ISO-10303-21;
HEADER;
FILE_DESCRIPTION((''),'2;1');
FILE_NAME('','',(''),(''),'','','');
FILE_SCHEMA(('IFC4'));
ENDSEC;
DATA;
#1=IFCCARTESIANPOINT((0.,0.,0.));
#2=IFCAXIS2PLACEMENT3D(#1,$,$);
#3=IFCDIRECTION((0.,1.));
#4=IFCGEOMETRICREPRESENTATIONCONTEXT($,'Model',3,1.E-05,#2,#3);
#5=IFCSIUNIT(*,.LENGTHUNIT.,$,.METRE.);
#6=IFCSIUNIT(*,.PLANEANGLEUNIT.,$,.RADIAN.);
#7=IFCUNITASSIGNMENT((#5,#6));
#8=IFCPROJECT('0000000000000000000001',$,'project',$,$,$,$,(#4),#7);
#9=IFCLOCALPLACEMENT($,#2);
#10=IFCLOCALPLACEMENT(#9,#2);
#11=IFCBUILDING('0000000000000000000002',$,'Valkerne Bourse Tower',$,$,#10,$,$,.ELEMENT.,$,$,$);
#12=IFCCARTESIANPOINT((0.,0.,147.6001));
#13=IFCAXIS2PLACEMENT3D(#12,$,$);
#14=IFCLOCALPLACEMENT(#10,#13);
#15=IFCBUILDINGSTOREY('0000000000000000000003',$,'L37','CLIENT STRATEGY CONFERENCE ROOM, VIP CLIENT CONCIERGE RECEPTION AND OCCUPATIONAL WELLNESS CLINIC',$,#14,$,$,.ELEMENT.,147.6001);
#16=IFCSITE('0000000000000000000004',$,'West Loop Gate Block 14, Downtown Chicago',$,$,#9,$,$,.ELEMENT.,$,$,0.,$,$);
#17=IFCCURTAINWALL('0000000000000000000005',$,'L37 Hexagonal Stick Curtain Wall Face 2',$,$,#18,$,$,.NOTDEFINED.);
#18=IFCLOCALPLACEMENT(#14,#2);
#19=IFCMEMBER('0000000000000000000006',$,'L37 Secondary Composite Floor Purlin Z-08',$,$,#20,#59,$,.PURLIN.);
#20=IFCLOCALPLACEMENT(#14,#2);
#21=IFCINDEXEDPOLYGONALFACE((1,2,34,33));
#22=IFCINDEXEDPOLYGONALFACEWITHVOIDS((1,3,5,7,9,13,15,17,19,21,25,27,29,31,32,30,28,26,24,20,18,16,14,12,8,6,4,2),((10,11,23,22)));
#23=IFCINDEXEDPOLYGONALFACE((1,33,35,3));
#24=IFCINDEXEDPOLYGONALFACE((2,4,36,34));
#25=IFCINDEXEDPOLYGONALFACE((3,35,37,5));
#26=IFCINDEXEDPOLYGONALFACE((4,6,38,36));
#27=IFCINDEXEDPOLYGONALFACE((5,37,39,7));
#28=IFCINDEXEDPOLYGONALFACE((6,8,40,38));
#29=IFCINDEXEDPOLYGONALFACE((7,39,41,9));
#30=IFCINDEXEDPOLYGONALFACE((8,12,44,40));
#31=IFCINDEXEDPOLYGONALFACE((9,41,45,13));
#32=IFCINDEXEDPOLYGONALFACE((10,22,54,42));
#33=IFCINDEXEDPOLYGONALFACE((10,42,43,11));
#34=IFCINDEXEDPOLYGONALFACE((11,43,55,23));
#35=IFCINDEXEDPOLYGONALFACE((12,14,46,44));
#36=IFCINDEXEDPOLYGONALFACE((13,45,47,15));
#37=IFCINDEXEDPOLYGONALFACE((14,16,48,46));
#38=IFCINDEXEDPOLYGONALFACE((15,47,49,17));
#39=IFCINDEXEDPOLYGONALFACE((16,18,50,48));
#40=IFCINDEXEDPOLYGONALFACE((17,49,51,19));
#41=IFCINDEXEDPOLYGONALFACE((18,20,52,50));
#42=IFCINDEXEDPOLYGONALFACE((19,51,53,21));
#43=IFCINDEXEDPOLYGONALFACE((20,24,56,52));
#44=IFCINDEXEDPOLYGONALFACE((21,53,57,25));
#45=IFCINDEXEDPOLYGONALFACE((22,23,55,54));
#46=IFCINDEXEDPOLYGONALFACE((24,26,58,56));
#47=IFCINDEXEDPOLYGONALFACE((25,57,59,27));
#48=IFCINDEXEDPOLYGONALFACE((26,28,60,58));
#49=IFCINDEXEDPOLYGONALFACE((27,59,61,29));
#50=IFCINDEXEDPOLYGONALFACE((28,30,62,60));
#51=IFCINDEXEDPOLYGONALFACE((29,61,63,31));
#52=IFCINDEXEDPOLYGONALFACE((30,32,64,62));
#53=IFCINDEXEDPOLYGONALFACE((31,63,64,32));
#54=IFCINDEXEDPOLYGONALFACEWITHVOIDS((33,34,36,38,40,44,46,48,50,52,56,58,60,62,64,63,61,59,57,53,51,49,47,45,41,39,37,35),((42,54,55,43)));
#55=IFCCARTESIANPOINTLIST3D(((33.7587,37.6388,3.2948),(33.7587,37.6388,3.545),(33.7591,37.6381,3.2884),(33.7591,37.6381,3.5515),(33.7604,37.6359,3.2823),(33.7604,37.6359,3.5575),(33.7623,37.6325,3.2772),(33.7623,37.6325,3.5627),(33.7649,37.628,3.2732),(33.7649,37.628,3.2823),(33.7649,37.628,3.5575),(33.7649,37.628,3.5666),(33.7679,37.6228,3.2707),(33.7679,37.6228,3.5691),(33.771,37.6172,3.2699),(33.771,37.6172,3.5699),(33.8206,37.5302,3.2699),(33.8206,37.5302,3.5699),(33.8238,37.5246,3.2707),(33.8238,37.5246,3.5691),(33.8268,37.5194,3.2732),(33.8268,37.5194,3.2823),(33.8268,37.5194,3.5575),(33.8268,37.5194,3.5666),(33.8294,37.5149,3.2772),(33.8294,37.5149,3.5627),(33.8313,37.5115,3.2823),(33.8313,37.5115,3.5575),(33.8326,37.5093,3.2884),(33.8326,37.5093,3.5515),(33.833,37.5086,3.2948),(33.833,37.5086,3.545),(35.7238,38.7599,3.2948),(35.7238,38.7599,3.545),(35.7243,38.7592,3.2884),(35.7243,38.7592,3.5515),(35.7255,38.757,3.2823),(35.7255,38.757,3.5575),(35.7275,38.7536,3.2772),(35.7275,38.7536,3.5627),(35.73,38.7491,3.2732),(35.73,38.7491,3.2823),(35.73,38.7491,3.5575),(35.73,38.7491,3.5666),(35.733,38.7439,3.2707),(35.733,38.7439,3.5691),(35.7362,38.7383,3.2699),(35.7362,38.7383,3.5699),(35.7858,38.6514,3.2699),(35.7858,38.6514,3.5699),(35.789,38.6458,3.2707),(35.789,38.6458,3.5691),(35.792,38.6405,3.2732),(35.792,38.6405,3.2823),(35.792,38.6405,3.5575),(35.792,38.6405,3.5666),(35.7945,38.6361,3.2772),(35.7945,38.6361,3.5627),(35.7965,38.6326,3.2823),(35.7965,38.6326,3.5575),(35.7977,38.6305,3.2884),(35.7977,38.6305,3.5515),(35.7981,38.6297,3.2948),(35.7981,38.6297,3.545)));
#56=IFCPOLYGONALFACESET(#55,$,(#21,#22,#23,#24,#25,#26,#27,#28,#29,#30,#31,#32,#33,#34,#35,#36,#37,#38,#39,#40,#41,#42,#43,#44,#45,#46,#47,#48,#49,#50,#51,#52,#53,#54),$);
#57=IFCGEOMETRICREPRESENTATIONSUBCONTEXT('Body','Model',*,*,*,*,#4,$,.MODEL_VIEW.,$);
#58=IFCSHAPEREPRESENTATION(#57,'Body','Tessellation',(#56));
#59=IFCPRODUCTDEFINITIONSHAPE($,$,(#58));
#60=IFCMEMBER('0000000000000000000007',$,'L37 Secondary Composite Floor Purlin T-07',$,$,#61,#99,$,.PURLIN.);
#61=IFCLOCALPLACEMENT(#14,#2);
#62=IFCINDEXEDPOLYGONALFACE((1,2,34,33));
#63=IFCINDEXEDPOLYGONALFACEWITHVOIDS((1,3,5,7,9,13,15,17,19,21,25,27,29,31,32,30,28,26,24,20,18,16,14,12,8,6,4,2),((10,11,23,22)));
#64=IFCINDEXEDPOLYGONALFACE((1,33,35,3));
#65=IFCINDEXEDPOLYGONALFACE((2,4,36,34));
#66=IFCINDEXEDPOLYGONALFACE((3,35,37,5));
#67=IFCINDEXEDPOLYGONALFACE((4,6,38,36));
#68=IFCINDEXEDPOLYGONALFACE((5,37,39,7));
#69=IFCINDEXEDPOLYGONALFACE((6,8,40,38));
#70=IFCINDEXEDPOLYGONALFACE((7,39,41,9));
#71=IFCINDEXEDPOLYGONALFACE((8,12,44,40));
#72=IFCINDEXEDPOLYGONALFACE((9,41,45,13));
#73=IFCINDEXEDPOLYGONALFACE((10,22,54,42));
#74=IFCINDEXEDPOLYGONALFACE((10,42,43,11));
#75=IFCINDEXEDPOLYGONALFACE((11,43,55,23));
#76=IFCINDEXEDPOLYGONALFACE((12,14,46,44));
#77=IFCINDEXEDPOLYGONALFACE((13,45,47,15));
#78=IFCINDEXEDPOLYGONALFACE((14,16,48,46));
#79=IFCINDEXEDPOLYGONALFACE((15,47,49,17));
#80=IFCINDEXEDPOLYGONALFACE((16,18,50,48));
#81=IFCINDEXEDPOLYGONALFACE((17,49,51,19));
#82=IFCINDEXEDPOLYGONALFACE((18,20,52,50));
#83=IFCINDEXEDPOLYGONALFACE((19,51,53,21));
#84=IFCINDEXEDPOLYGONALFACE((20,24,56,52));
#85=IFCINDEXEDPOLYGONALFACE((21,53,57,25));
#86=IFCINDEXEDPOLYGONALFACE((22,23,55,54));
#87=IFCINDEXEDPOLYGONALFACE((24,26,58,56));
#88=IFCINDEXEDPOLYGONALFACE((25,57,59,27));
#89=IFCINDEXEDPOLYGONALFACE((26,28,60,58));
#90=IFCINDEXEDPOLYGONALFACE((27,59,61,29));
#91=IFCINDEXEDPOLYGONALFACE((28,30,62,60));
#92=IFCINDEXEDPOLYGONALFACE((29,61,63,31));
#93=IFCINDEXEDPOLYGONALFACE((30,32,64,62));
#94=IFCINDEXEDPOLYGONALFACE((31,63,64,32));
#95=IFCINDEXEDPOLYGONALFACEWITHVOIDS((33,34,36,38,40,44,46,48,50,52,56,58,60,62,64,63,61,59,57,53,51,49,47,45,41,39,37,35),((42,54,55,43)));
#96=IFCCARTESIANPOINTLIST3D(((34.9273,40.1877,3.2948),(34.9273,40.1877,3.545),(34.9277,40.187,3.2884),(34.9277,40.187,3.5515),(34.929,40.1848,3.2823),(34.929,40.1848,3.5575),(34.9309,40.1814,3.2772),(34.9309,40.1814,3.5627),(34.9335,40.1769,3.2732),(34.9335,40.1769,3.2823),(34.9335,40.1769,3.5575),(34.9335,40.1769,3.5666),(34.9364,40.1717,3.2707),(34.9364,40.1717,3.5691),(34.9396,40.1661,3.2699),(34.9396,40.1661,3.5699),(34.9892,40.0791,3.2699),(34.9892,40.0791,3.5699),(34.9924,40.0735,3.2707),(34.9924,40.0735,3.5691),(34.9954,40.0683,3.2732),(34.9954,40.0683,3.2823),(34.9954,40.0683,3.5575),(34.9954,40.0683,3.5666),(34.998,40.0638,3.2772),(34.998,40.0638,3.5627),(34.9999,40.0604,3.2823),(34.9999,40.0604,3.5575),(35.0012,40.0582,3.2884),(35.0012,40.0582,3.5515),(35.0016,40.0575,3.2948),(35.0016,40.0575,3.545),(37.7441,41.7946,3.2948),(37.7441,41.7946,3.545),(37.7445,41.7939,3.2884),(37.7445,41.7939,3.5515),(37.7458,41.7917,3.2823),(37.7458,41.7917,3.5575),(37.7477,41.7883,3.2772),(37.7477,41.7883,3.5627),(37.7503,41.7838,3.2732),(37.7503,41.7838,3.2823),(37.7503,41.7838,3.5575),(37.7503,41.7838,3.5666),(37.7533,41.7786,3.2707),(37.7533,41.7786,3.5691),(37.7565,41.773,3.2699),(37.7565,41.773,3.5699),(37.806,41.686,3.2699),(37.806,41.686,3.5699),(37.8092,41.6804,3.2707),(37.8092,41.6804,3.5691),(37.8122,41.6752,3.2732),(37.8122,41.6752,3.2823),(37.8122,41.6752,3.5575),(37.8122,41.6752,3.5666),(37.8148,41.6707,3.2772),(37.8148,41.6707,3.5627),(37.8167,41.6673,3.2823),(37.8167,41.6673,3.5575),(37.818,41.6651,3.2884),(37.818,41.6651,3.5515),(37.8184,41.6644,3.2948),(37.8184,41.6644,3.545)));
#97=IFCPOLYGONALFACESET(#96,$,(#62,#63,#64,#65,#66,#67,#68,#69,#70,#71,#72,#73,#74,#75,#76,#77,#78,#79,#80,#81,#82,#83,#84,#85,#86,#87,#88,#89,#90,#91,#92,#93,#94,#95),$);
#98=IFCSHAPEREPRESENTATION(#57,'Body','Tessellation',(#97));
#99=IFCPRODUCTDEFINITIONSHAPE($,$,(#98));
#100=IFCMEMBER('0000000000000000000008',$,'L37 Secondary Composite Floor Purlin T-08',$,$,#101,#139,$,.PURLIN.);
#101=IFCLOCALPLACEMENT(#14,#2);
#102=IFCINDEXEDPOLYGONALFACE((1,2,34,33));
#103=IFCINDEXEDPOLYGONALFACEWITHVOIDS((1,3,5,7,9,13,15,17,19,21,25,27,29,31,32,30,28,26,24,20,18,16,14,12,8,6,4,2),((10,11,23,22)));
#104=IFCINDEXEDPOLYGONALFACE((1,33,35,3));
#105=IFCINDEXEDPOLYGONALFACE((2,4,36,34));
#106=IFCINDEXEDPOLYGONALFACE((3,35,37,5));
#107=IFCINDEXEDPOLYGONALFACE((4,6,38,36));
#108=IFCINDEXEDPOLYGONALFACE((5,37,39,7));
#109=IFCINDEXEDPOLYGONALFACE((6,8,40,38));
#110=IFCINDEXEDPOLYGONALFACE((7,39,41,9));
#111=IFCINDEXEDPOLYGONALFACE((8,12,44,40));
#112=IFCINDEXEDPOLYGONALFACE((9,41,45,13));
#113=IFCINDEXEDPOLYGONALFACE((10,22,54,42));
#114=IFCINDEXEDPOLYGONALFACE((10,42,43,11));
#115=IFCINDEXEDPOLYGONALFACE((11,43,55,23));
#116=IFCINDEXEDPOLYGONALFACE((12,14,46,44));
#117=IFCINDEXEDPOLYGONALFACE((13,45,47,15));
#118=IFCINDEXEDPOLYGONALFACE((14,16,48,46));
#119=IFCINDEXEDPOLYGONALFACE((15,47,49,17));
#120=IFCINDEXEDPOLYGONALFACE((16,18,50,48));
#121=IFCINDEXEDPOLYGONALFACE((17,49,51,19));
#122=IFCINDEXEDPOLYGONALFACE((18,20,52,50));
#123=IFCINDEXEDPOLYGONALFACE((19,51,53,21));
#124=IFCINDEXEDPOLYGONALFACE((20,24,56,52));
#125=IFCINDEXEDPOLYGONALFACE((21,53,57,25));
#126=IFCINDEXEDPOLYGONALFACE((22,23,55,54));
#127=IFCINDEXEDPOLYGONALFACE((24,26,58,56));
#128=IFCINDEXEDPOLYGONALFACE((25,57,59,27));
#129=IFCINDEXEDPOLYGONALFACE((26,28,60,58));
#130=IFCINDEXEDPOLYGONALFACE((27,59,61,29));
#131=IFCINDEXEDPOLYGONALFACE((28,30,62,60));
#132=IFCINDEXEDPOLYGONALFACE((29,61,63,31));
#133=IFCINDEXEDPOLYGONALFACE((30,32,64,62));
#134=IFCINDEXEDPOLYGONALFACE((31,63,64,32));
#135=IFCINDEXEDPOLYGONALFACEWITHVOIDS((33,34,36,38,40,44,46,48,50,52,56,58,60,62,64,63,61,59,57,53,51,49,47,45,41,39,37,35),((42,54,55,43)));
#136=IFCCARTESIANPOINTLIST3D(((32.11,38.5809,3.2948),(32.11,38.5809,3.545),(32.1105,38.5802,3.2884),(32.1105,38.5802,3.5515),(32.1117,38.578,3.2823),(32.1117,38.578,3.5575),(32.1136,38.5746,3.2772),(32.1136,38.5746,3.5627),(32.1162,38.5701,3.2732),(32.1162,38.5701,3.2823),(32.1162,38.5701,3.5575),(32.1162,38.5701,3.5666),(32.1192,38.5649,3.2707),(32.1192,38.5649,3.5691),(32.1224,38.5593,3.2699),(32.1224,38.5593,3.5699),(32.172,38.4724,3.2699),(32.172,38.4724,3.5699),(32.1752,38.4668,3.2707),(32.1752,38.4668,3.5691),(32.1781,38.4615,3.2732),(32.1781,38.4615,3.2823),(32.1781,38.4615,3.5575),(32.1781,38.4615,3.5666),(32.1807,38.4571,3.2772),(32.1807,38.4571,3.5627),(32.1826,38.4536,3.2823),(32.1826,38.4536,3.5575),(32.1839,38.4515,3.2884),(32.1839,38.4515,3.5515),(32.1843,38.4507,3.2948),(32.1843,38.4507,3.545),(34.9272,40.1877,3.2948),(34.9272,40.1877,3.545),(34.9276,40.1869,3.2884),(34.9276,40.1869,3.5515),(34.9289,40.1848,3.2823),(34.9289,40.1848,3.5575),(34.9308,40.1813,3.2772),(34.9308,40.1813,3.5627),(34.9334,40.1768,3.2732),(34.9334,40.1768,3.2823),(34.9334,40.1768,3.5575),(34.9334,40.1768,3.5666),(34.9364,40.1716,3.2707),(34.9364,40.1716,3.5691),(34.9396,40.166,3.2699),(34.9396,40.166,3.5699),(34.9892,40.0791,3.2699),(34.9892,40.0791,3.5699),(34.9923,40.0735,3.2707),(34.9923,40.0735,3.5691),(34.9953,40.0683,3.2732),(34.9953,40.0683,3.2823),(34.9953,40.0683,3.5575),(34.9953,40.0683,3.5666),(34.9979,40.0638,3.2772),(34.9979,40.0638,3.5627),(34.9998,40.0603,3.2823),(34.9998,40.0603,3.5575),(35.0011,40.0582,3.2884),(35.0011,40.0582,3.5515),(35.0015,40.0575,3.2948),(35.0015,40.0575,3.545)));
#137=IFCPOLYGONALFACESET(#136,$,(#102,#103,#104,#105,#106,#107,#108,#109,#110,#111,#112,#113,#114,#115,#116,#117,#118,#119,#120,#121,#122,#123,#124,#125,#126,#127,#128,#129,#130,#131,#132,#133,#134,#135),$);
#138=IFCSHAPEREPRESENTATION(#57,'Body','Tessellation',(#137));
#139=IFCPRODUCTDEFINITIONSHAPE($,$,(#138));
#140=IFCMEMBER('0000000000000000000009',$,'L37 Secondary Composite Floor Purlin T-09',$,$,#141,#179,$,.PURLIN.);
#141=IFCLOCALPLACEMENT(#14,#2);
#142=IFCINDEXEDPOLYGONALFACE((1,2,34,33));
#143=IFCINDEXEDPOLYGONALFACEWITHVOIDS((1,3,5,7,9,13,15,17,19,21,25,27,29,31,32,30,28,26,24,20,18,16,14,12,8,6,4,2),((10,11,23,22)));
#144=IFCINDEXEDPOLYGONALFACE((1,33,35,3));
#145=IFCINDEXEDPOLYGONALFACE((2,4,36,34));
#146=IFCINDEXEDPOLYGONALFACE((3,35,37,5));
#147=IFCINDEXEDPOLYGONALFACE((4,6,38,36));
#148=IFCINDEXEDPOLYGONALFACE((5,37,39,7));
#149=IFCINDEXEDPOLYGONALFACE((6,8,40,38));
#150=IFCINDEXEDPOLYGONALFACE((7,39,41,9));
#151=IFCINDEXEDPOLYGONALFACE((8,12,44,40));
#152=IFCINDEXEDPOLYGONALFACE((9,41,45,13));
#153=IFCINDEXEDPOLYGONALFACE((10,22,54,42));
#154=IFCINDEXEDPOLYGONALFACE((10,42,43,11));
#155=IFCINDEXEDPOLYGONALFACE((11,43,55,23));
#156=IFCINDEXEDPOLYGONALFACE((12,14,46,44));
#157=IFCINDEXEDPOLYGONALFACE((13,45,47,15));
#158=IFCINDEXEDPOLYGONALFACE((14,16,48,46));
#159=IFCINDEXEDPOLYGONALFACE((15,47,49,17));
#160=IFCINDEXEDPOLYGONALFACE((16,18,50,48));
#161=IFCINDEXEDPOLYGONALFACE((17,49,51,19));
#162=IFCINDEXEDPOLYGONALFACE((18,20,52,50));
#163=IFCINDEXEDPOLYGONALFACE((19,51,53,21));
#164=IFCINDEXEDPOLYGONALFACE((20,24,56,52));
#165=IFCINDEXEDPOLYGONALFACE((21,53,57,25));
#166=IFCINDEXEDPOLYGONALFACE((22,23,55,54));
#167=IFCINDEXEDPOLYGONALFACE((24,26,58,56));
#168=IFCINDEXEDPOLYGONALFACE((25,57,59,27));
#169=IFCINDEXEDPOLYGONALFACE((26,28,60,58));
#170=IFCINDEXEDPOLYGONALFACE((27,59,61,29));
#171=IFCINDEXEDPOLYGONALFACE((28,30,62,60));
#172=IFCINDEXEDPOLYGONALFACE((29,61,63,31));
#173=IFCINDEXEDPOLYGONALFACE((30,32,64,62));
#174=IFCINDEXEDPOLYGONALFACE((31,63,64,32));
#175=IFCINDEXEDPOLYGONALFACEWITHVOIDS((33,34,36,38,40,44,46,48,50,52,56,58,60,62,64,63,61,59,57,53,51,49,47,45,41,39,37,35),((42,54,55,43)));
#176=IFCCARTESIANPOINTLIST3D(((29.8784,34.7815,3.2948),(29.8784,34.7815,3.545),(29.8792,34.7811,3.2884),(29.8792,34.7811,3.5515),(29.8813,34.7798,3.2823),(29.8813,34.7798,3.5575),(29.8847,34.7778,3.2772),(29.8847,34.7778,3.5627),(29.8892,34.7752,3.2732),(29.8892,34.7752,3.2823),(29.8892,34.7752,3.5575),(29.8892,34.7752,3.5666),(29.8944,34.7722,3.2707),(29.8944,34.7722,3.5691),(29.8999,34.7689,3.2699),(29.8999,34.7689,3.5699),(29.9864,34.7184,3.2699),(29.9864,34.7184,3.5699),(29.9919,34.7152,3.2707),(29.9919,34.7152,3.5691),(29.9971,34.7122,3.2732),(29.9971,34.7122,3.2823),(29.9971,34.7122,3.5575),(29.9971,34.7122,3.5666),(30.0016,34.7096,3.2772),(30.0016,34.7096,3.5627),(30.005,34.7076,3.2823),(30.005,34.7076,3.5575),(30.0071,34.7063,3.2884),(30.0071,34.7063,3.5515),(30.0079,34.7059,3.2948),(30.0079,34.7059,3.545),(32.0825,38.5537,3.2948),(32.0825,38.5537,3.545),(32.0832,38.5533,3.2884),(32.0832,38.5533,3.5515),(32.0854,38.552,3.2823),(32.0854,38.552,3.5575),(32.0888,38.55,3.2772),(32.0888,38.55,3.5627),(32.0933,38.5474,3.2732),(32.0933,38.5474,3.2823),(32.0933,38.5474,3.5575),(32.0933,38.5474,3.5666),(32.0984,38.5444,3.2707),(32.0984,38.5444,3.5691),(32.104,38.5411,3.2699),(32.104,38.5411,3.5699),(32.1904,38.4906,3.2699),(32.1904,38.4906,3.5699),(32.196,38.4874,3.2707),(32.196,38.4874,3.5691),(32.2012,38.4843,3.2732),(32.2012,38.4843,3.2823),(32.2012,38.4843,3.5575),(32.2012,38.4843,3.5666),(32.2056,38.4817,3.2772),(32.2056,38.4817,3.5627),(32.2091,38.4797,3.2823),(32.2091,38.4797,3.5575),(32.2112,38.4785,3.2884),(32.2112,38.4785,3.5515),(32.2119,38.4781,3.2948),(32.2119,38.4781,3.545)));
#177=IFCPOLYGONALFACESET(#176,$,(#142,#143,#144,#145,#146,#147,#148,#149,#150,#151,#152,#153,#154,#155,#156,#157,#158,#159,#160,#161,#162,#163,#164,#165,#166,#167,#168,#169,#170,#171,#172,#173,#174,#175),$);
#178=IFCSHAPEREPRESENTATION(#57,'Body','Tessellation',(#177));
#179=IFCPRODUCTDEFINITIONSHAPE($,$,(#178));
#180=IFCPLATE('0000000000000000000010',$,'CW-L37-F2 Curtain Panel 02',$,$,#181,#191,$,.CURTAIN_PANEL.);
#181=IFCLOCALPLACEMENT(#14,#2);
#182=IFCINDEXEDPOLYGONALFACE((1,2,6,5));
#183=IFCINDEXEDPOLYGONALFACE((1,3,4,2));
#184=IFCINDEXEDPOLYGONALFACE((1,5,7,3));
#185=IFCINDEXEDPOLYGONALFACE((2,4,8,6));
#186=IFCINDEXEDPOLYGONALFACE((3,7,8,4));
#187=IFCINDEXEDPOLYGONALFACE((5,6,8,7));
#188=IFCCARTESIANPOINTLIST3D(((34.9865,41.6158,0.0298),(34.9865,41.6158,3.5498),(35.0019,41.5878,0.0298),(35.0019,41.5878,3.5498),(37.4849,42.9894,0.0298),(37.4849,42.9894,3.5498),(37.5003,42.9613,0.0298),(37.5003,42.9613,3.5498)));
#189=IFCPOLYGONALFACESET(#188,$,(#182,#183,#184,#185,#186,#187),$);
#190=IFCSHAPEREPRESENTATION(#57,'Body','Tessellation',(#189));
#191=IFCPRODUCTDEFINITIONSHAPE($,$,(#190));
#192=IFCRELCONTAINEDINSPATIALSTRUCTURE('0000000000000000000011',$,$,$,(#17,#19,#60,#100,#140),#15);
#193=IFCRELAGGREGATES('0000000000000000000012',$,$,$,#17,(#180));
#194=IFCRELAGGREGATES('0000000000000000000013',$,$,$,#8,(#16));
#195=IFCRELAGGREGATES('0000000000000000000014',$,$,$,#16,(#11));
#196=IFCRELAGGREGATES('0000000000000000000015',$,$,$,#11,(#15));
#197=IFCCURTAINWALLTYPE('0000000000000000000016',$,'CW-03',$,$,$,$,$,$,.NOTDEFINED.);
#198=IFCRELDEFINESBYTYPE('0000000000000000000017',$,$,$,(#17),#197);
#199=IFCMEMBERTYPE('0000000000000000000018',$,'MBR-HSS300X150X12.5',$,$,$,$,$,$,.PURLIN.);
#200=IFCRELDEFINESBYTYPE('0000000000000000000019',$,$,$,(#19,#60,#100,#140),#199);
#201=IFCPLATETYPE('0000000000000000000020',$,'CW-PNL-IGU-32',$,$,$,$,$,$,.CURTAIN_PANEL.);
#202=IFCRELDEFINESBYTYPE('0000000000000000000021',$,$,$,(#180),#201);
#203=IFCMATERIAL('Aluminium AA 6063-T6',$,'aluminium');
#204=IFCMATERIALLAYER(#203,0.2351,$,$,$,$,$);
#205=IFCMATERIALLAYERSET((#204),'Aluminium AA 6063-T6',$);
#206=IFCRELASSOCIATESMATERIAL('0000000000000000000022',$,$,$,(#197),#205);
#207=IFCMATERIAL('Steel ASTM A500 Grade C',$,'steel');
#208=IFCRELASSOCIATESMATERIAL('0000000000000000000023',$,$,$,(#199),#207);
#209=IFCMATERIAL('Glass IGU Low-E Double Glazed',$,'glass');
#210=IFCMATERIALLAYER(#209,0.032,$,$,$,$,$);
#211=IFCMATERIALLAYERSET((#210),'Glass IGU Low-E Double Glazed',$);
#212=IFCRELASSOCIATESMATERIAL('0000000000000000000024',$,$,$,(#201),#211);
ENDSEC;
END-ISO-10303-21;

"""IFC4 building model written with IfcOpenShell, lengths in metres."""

from ifc_helpers import new_model, si_unit, direction, frame, origin, origin_2d, place, context, subcontext, project, spatial, rectangle, hollow_rectangle, extrude, material, layer, layer_set, material_profile, profile_set, type_object, element, aggregate, save


model = new_model("IFC4")

# Units and contexts
model_context = context("Model", 3, precision=1e-05, world=origin(), true_north=direction((0.0, 1.0)))
body_context = subcontext(model_context, "Body", "Model", "MODEL_VIEW")
ifc_project = project(units=[si_unit("LENGTHUNIT", "METRE"), si_unit("PLANEANGLEUNIT", "RADIAN")], contexts=[model_context])

# Site, building, storey
site_placement = place(None, origin())
site = spatial("IfcSite", under=ifc_project, at=site_placement, Name="West Loop Gate Block 14, Downtown Chicago", CompositionType="ELEMENT", RefElevation=0.0)
building_placement = place(site_placement, origin())
building = spatial("IfcBuilding", under=site, at=building_placement, Name="Valkerne Bourse Tower", CompositionType="ELEMENT")
storey_placement = place(building_placement, frame((0.0, 0.0, 147.6001)))
storey = spatial("IfcBuildingStorey", under=building, at=storey_placement, Name="L37", Description="CLIENT STRATEGY CONFERENCE ROOM, VIP CLIENT CONCIERGE RECEPTION AND OCCUPATIONAL WELLNESS CLINIC", CompositionType="ELEMENT", Elevation=147.6001)

# Curtain wall
ifc_material_1 = material(Name="Aluminium AA 6063-T6", Category="aluminium")
ifc_layer_1 = layer(ifc_material_1, 0.2351)
ifc_layer_set_1 = layer_set([ifc_layer_1], Name="Aluminium AA 6063-T6")
curtain_wall_type = type_object("IfcCurtainWallType", Name="CW-03", PredefinedType="NOTDEFINED", material=ifc_layer_set_1)
curtain_wall_placement = place(storey_placement, origin())
curtain_wall = element("IfcCurtainWall", 1, at=curtain_wall_placement, inside=storey, type_object=curtain_wall_type, Name="L37 Hexagonal Stick Curtain Wall Face 2", PredefinedType="NOTDEFINED")

# Members
ifc_material_2 = material(Name="Steel ASTM A500 Grade C", Category="steel")
ifc_material_profile_1 = material_profile(ifc_material_2, hollow_rectangle(XDim=0.1499, YDim=0.3, WallThickness=0.0125, OuterFilletRadius=0.0249, at=origin_2d()), Name="HSS300X150X12.5")
ifc_profile_set_1 = profile_set([ifc_material_profile_1], Name="Steel ASTM A500 Grade C")
member_type_1 = type_object("IfcMemberType", Name="MBR-HSS300X150X12.5", PredefinedType="PURLIN", material=ifc_profile_set_1)
member_1_placement = place(storey_placement, frame((35.761, 38.6948, 3.4199), z_axis=(-0.868588, -0.495535, 0.0), x_axis=(0.495535, -0.868588, 0.0)))
element("IfcMember", 2, at=member_1_placement, inside=storey, type_object=member_type_1, Name="L37 Secondary Composite Floor Purlin Z-08", PredefinedType="PURLIN", context=body_context, shape_type="SweptSolid", body=[
    extrude(hollow_rectangle(XDim=0.1499, YDim=0.3, WallThickness=0.0125, OuterFilletRadius=0.0249, at=origin_2d()), origin(), (0.0, 0.0, 1.0), 2.2625),
])
member_2_placement = place(storey_placement, frame((37.7812, 41.7295, 3.4199), z_axis=(-0.868604, -0.495506, 0.0), x_axis=(0.495506, -0.868604, 0.0)))
element("IfcMember", 3, at=member_2_placement, inside=storey, type_object=member_type_1, Name="L37 Secondary Composite Floor Purlin T-07", PredefinedType="PURLIN", context=body_context, shape_type="SweptSolid", body=[
    extrude(hollow_rectangle(XDim=0.1499, YDim=0.3, WallThickness=0.0125, OuterFilletRadius=0.0249, at=origin_2d()), origin(), (0.0, 0.0, 1.0), 3.2429),
])
member_3_placement = place(storey_placement, frame((34.9644, 40.1226, 3.4199), z_axis=(-0.868655, -0.495417, 0.0), x_axis=(0.495417, -0.868655, 0.0)))
element("IfcMember", 4, at=member_3_placement, inside=storey, type_object=member_type_1, Name="L37 Secondary Composite Floor Purlin T-08", PredefinedType="PURLIN", context=body_context, shape_type="SweptSolid", body=[
    extrude(hollow_rectangle(XDim=0.1499, YDim=0.3, WallThickness=0.0125, OuterFilletRadius=0.0249, at=origin_2d()), origin(), (0.0, 0.0, 1.0), 3.2432),
])
member_4_placement = place(storey_placement, frame((32.1472, 38.5159, 3.4199), z_axis=(-0.504493, -0.863416, 0.0), x_axis=(0.863416, -0.504493, 0.0)))
element("IfcMember", 5, at=member_4_placement, inside=storey, type_object=member_type_1, Name="L37 Secondary Composite Floor Purlin T-09", PredefinedType="PURLIN", context=body_context, shape_type="SweptSolid", body=[
    extrude(hollow_rectangle(XDim=0.1499, YDim=0.3, WallThickness=0.0125, OuterFilletRadius=0.0249, at=origin_2d()), origin(), (0.0, 0.0, 1.0), 4.3689),
])

# Plate
ifc_material_3 = material(Name="Glass IGU Low-E Double Glazed", Category="glass")
ifc_layer_2 = layer(ifc_material_3, 0.032)
ifc_layer_set_2 = layer_set([ifc_layer_2], Name="Glass IGU Low-E Double Glazed")
plate_type = type_object("IfcPlateType", Name="CW-PNL-IGU-32", PredefinedType="CURTAIN_PANEL", material=ifc_layer_set_2)
plate_1_placement = place(storey_placement, frame((36.2434, 42.2886, 0.0298), z_axis=(0.0, 0.0, 1.0), x_axis=(-0.876303, -0.481761, 0.0)))
plate_1 = element("IfcPlate", 6, at=plate_1_placement, type_object=plate_type, Name="CW-L37-F2 Curtain Panel 02", PredefinedType="CURTAIN_PANEL", context=body_context, shape_type="SweptSolid", body=[
    extrude(rectangle(XDim=2.8511, YDim=0.032, at=origin_2d()), origin(), (0.0, 0.0, 1.0), 3.52),
])
aggregate(curtain_wall, [plate_1])

save(model, "model.ifc")
